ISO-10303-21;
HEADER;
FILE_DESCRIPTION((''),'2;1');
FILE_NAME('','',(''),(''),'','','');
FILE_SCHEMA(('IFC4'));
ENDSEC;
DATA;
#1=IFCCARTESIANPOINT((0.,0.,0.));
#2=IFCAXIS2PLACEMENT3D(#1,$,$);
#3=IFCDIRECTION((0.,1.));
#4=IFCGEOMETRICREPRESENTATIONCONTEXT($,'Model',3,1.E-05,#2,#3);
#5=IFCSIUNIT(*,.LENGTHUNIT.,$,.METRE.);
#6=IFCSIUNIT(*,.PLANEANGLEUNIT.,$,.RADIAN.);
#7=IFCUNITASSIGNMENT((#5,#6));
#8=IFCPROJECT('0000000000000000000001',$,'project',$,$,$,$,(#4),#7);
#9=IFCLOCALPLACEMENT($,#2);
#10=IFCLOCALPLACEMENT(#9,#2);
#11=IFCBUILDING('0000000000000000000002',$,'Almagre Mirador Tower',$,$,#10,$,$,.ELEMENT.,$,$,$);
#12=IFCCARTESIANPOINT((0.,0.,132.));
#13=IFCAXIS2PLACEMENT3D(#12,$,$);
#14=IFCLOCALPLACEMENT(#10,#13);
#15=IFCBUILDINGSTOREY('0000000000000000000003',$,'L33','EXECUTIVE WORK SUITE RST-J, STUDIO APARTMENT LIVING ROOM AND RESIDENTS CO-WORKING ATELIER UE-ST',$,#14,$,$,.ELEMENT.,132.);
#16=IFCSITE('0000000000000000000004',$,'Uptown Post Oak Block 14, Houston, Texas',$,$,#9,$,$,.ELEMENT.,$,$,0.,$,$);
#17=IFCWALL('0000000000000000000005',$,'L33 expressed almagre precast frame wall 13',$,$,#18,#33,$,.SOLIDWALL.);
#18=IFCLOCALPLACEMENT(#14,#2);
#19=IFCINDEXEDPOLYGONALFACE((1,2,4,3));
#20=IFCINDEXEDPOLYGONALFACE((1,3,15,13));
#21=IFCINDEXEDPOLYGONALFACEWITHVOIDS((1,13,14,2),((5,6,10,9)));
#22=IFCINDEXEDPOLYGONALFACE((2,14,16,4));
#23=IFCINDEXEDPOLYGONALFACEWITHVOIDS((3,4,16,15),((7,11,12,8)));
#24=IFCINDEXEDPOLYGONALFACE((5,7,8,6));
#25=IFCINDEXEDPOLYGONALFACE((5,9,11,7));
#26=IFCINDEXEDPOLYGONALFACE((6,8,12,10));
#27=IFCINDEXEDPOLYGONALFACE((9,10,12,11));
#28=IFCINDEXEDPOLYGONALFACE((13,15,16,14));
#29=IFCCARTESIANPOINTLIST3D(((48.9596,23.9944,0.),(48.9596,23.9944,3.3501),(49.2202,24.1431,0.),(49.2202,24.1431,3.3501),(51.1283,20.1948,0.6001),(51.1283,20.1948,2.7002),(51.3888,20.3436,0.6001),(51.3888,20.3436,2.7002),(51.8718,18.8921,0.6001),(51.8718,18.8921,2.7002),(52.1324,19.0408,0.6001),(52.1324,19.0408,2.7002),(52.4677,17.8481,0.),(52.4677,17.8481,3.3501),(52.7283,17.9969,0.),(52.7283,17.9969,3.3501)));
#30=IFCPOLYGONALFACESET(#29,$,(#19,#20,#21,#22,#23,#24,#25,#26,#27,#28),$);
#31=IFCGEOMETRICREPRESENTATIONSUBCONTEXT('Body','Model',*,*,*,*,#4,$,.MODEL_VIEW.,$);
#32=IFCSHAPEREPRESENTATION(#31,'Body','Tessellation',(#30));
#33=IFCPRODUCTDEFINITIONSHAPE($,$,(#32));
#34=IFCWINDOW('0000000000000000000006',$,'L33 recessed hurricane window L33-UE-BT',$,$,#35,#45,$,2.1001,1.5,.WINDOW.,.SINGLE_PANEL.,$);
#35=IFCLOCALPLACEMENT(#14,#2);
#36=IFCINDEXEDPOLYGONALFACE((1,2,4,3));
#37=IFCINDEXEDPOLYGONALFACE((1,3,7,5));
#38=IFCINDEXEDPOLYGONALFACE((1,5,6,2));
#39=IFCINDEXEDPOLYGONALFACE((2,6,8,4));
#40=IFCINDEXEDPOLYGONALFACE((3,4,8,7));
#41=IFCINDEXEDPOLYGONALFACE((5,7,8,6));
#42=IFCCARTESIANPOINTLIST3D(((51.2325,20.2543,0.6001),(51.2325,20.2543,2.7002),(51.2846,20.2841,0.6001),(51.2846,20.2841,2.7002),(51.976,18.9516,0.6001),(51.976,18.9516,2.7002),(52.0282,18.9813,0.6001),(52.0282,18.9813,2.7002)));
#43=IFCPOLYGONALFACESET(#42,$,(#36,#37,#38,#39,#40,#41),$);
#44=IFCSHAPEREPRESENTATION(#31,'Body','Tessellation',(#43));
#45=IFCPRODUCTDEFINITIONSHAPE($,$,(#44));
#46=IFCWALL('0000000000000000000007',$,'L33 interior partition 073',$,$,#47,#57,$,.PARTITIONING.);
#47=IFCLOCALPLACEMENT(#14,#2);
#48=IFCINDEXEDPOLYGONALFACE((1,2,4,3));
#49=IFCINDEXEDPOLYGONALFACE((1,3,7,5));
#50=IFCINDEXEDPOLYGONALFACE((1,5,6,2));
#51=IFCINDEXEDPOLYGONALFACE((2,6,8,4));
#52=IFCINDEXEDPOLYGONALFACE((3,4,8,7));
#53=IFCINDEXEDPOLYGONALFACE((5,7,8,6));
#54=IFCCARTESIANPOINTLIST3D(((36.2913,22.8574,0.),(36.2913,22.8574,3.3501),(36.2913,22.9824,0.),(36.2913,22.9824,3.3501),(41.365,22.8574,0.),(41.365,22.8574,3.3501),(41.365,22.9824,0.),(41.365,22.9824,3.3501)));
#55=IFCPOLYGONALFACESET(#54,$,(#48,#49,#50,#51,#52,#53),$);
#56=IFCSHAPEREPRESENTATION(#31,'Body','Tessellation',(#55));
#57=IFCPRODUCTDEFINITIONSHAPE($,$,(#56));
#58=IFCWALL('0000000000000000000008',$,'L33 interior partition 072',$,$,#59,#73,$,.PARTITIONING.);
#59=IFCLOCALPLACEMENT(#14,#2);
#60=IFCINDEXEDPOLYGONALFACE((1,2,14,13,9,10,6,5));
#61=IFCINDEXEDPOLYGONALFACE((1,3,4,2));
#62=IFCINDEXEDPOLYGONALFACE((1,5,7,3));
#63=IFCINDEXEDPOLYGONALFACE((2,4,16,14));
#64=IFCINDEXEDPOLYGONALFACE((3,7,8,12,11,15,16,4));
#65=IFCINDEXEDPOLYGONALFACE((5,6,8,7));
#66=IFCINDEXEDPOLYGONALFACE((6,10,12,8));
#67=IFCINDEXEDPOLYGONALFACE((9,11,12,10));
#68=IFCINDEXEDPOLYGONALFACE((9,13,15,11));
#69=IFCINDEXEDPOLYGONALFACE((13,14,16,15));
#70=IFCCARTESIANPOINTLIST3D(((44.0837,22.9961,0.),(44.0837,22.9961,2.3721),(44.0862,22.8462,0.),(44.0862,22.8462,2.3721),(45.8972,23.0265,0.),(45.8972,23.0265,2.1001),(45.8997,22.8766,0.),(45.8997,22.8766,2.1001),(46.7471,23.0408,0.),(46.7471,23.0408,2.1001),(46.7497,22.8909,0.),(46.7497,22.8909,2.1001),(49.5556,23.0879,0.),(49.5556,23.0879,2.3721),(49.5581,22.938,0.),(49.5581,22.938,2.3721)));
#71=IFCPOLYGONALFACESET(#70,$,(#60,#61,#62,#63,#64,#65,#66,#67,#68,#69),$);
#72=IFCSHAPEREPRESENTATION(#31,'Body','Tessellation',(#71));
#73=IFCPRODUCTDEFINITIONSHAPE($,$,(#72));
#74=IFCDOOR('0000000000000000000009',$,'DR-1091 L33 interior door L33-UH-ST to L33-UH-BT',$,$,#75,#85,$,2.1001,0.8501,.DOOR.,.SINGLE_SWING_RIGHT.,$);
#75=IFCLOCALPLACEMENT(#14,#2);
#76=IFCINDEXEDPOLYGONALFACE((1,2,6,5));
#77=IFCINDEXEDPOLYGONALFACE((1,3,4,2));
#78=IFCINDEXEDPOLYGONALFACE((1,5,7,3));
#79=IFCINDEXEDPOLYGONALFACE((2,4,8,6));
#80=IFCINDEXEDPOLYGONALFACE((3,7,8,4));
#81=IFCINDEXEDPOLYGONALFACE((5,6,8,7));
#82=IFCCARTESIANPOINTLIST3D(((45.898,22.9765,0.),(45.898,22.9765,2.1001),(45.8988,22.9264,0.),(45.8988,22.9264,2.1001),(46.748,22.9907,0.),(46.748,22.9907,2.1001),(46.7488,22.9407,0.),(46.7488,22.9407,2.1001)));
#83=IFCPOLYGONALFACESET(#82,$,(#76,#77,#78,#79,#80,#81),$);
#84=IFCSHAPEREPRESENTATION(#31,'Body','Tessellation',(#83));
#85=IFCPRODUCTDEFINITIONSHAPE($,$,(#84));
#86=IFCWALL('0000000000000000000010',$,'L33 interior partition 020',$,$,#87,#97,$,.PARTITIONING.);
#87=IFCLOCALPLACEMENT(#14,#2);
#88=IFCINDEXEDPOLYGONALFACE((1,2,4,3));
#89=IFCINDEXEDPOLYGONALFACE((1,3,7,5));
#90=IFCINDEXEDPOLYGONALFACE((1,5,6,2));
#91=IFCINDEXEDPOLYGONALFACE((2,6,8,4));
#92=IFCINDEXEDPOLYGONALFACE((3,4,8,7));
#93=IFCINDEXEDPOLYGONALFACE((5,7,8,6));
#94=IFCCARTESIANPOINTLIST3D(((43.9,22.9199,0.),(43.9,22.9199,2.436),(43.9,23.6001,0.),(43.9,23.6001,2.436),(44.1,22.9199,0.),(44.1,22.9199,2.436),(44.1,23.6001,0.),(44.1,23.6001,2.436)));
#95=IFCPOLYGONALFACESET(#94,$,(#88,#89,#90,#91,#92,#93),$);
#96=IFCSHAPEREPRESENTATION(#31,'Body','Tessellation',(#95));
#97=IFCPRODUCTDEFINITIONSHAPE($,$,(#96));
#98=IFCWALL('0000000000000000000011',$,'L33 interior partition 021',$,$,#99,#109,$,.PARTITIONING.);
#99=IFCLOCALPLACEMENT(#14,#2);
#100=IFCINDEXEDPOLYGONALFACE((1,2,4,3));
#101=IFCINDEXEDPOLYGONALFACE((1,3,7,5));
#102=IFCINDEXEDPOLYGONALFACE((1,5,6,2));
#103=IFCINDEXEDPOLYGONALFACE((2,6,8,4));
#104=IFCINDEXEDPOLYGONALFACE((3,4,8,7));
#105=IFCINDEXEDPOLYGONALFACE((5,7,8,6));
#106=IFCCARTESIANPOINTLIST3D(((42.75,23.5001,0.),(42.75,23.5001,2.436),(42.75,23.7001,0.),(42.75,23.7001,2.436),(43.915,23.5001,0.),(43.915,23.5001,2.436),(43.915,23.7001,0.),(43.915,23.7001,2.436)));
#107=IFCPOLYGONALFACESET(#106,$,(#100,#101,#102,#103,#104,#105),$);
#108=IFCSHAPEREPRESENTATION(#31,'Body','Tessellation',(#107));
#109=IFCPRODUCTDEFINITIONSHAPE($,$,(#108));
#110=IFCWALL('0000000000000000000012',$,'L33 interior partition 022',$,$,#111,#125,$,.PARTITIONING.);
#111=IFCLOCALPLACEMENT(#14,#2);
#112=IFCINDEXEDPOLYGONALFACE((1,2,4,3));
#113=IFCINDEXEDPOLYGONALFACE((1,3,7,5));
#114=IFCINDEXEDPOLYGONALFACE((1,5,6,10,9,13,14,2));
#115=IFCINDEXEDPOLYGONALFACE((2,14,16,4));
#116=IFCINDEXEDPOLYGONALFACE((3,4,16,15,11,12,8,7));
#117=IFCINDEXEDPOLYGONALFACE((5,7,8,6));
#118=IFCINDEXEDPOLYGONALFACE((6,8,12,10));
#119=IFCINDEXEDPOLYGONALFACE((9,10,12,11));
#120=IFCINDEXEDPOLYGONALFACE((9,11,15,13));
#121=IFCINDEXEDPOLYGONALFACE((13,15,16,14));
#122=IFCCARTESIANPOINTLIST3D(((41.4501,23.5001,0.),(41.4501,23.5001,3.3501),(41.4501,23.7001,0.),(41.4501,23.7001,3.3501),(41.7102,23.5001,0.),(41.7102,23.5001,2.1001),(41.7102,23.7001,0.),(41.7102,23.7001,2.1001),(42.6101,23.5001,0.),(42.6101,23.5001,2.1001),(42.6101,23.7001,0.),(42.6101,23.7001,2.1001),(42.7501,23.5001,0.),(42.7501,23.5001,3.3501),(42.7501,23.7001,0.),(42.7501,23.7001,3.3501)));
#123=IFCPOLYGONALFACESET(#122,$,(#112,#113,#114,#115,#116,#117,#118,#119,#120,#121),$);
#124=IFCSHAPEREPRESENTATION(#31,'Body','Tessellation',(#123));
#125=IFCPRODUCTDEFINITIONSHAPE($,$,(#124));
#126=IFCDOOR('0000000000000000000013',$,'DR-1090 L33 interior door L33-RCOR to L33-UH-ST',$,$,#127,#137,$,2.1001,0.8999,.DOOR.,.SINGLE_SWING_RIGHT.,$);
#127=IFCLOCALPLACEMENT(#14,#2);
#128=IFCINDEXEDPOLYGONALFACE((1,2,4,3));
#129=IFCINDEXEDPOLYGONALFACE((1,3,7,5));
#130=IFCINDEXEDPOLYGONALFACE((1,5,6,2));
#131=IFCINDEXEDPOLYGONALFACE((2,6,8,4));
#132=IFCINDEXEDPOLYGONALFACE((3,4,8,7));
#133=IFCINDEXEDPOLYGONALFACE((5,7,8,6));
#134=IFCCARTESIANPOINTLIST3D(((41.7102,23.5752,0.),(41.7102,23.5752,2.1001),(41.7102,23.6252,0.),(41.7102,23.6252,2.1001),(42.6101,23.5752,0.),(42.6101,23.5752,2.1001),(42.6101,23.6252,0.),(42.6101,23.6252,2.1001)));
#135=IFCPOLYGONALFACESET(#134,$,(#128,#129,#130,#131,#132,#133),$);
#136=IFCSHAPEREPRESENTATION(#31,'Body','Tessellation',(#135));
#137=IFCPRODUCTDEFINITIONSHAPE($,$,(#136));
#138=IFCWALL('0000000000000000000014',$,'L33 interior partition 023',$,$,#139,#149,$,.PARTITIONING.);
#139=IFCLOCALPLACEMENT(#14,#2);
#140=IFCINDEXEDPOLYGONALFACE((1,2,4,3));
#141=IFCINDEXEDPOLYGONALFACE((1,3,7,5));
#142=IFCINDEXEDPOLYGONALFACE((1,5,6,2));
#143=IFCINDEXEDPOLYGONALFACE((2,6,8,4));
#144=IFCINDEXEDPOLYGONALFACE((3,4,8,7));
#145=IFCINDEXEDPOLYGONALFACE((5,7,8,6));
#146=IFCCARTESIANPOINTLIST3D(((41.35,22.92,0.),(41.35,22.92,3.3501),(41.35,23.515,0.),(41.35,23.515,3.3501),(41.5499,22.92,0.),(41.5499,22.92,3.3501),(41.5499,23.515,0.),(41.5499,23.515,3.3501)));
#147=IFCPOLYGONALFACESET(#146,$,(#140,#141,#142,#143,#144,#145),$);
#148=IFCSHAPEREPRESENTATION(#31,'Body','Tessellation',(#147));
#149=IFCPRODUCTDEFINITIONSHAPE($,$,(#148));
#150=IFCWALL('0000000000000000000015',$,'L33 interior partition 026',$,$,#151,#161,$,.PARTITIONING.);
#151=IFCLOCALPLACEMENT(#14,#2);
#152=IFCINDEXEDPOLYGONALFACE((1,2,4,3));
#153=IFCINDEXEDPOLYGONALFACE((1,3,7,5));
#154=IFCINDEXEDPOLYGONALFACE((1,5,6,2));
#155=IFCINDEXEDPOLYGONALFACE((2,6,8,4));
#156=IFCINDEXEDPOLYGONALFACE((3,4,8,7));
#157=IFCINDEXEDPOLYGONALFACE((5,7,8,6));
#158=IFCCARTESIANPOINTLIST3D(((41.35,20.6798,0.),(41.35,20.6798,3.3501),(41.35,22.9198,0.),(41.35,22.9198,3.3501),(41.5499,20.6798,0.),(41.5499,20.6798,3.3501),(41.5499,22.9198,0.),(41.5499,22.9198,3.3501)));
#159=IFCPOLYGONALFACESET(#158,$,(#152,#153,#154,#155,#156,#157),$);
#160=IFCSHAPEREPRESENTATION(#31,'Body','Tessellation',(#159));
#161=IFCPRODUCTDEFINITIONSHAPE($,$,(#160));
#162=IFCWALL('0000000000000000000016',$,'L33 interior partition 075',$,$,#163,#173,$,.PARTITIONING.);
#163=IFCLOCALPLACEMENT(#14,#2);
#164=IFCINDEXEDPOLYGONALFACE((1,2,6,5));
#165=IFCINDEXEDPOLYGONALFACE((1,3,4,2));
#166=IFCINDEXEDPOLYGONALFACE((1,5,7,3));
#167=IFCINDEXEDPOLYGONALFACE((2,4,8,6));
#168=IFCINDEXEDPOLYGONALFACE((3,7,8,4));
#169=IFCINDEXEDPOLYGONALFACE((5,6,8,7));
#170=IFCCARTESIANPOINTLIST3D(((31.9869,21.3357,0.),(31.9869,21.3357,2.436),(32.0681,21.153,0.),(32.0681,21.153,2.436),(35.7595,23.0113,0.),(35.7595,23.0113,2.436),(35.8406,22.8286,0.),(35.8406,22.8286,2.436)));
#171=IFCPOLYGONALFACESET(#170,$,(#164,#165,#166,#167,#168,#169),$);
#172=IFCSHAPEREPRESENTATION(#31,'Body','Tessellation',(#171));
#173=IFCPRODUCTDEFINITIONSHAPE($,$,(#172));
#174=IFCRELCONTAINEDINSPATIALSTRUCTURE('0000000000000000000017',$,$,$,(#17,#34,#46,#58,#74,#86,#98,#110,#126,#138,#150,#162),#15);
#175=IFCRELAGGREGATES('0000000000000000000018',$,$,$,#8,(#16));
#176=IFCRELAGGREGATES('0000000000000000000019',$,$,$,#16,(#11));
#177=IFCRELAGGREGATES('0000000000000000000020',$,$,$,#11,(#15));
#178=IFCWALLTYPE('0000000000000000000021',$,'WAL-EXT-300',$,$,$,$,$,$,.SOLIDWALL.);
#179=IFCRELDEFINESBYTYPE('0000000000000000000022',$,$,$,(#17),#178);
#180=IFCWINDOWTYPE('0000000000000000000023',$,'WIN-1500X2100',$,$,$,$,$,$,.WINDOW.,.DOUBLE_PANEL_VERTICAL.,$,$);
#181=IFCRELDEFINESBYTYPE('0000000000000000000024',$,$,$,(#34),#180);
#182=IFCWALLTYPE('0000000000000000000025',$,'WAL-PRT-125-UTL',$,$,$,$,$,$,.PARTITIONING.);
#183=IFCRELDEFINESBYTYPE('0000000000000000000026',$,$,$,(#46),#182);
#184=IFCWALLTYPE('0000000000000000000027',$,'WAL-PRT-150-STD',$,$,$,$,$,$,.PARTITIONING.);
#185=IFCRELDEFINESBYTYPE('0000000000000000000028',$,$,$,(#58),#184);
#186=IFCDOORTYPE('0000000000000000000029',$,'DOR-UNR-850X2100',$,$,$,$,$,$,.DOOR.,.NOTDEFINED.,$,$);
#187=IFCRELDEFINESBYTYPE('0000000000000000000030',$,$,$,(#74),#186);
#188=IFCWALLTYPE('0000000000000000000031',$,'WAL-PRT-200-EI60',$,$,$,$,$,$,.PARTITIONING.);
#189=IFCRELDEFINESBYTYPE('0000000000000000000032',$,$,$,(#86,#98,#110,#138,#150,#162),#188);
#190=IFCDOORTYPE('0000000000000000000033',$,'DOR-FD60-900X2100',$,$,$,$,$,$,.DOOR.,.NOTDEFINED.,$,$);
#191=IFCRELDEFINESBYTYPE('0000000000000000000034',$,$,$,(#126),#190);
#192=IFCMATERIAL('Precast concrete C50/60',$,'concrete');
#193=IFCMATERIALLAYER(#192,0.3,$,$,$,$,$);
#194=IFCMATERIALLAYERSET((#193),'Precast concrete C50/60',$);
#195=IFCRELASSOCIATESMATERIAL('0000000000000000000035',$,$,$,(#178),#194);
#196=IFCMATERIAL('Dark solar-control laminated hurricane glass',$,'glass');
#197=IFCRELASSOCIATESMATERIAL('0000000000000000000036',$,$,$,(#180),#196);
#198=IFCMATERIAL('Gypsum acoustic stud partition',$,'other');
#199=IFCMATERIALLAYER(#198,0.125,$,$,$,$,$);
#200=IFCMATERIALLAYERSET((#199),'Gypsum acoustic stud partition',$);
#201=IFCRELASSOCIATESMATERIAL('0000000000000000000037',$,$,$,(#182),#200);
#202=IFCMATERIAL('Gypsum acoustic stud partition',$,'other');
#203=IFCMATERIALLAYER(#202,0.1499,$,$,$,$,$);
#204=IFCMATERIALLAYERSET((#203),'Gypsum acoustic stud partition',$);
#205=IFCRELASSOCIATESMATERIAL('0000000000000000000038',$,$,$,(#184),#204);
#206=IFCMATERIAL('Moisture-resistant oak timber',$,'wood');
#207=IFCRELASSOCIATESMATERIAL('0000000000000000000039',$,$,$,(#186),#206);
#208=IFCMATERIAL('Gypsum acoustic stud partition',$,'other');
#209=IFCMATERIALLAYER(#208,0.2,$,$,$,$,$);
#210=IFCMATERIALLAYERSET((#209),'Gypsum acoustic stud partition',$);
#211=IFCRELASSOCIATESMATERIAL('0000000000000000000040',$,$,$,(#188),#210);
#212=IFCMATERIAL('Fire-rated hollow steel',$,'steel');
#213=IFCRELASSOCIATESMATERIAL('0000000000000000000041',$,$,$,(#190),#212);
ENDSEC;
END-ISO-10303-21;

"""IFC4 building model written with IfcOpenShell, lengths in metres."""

from ifc_helpers import new_model, si_unit, direction, frame, frame_2d, origin, place, context, subcontext, project, spatial, rectangle, extrude, material, layer, layer_set, type_object, element, fill, save


model = new_model("IFC4")

# Units and contexts
model_context = context("Model", 3, precision=1e-05, world=origin(), true_north=direction((0.0, 1.0)))
body_context = subcontext(model_context, "Body", "Model", "MODEL_VIEW")
ifc_project = project(units=[si_unit("LENGTHUNIT", "METRE"), si_unit("PLANEANGLEUNIT", "RADIAN")], contexts=[model_context])

# Site, building, storey
site_placement = place(None, origin())
site = spatial("IfcSite", under=ifc_project, at=site_placement, Name="Uptown Post Oak Block 14, Houston, Texas", CompositionType="ELEMENT", RefElevation=0.0)
building_placement = place(site_placement, origin())
building = spatial("IfcBuilding", under=site, at=building_placement, Name="Almagre Mirador Tower", CompositionType="ELEMENT")
storey_placement = place(building_placement, frame((0.0, 0.0, 132.0)))
storey = spatial("IfcBuildingStorey", under=building, at=storey_placement, Name="L33", Description="EXECUTIVE WORK SUITE RST-J, STUDIO APARTMENT LIVING ROOM AND RESIDENTS CO-WORKING ATELIER UE-ST", CompositionType="ELEMENT", Elevation=132.0)

# Shared definitions
ifc_material_1 = material(Name="Precast concrete C50/60", Category="concrete")
ifc_layer_1 = layer(ifc_material_1, 0.3)
ifc_layer_set_1 = layer_set([ifc_layer_1], Name="Precast concrete C50/60")
wall_type_1 = type_object("IfcWallType", Name="WAL-EXT-300", PredefinedType="SOLIDWALL", material=ifc_layer_set_1)

# Wall, opening, window
wall_1_placement = place(storey_placement, frame((49.0898, 24.0688, 0.0), z_axis=(0.0, 0.0, 1.0), x_axis=(0.495704, -0.868491, 0.0)))
wall_1 = element("IfcWall", 1, at=wall_1_placement, inside=storey, type_object=wall_type_1, Name="L33 expressed almagre precast frame wall 13", PredefinedType="SOLIDWALL", context=body_context, shape_type="SweptSolid", body=[
    extrude(rectangle(XDim=7.0769, YDim=0.3, at=frame_2d((3.5386, 0.0))), origin(), (0.0, 0.0, 1.0), 3.3501),
])
opening_1_placement = place(wall_1_placement, frame((4.375, 0.0, 0.6001)))
opening_1 = element("IfcOpeningElement", 2, at=opening_1_placement, cuts=wall_1, PredefinedType="OPENING", context=body_context, shape_type="SweptSolid", body=[
    extrude(rectangle(XDim=1.5, YDim=2.1001, at=frame_2d((0.75, 1.05))), frame((0.0, 0.1599, 0.0), z_axis=(0.0, -1.0, 0.0), x_axis=(1.0, 0.0, 0.0)), (0.0, 0.0, 1.0), 0.32),
])
ifc_material_2 = material(Name="Dark solar-control laminated hurricane glass", Category="glass")
window_type = type_object("IfcWindowType", Name="WIN-1500X2100", PartitioningType="DOUBLE_PANEL_VERTICAL", PredefinedType="WINDOW", material=ifc_material_2)
window_placement = place(opening_1_placement, origin())
window = element("IfcWindow", 3, at=window_placement, inside=storey, type_object=window_type, Name="L33 recessed hurricane window L33-UE-BT", OverallHeight=2.1001, OverallWidth=1.5, PartitioningType="SINGLE_PANEL", PredefinedType="WINDOW", context=body_context, shape_type="SweptSolid", body=[
    extrude(rectangle(XDim=1.5, YDim=2.1001, at=frame_2d((0.75, 1.05))), frame((0.0, 0.03, 0.0), z_axis=(0.0, -1.0, 0.0), x_axis=(1.0, 0.0, 0.0)), (0.0, 0.0, 1.0), 0.0601),
])
fill(opening_1, window)

# Wall
ifc_material_3 = material(Name="Gypsum acoustic stud partition", Category="other")
ifc_layer_2 = layer(ifc_material_3, 0.125)
ifc_layer_set_2 = layer_set([ifc_layer_2], Name="Gypsum acoustic stud partition")
wall_type_2 = type_object("IfcWallType", Name="WAL-PRT-125-UTL", PredefinedType="PARTITIONING", material=ifc_layer_set_2)
wall_2_placement = place(storey_placement, frame((36.2913, 22.9199, 0.0), z_axis=(0.0, 0.0, 1.0), x_axis=(1.0, 0.0, 0.0)))
element("IfcWall", 4, at=wall_2_placement, inside=storey, type_object=wall_type_2, Name="L33 interior partition 073", PredefinedType="PARTITIONING", context=body_context, shape_type="SweptSolid", body=[
    extrude(rectangle(XDim=5.0737, YDim=0.125, at=frame_2d((2.5369, 0.0))), origin(), (0.0, 0.0, 1.0), 3.3501),
])

# Wall, opening, door
ifc_material_4 = material(Name="Gypsum acoustic stud partition", Category="other")
ifc_layer_3 = layer(ifc_material_4, 0.1499)
ifc_layer_set_3 = layer_set([ifc_layer_3], Name="Gypsum acoustic stud partition")
wall_type_3 = type_object("IfcWallType", Name="WAL-PRT-150-STD", PredefinedType="PARTITIONING", material=ifc_layer_set_3)
wall_3_placement = place(storey_placement, frame((44.085, 22.9211, 0.0), z_axis=(0.0, 0.0, 1.0), x_axis=(0.999859, 0.016774, 0.0)))
wall_3 = element("IfcWall", 5, at=wall_3_placement, inside=storey, type_object=wall_type_3, Name="L33 interior partition 072", PredefinedType="PARTITIONING", context=body_context, shape_type="SweptSolid", body=[
    extrude(rectangle(XDim=5.4727, YDim=0.1499, at=frame_2d((2.7363, 0.0))), origin(), (0.0, 0.0, 1.0), 2.3721),
])
opening_2_placement = place(wall_3_placement, frame((1.8137, 0.0, 0.0)))
opening_2 = element("IfcOpeningElement", 6, at=opening_2_placement, cuts=wall_3, PredefinedType="OPENING", context=body_context, shape_type="SweptSolid", body=[
    extrude(rectangle(XDim=0.8501, YDim=2.1001, at=frame_2d((0.425, 1.05))), frame((0.0, 0.085, 0.0), z_axis=(0.0, -1.0, 0.0), x_axis=(1.0, 0.0, 0.0)), (0.0, 0.0, 1.0), 0.1699),
])
ifc_material_5 = material(Name="Moisture-resistant oak timber", Category="wood")
door_type_1 = type_object("IfcDoorType", Name="DOR-UNR-850X2100", OperationType="NOTDEFINED", PredefinedType="DOOR", material=ifc_material_5)
door_1_placement = place(opening_2_placement, origin())
door_1 = element("IfcDoor", 7, at=door_1_placement, inside=storey, type_object=door_type_1, Name="DR-1091 L33 interior door L33-UH-ST to L33-UH-BT", OperationType="SINGLE_SWING_RIGHT", OverallHeight=2.1001, OverallWidth=0.8501, PredefinedType="DOOR", context=body_context, shape_type="SweptSolid", body=[
    extrude(rectangle(XDim=0.8501, YDim=2.1001, at=frame_2d((0.425, 1.05))), frame((0.0, 0.0249, 0.0), z_axis=(0.0, -1.0, 0.0), x_axis=(1.0, 0.0, 0.0)), (0.0, 0.0, 1.0), 0.05),
])
fill(opening_2, door_1)

# Walls
ifc_material_6 = material(Name="Gypsum acoustic stud partition", Category="other")
ifc_layer_4 = layer(ifc_material_6, 0.2)
ifc_layer_set_4 = layer_set([ifc_layer_4], Name="Gypsum acoustic stud partition")
wall_type_4 = type_object("IfcWallType", Name="WAL-PRT-200-EI60", PredefinedType="PARTITIONING", material=ifc_layer_set_4)
wall_4_placement = place(storey_placement, frame((44.0, 22.9199, 0.0), z_axis=(0.0, 0.0, 1.0), x_axis=(0.0, 1.0, 0.0)))
element("IfcWall", 8, at=wall_4_placement, inside=storey, type_object=wall_type_4, Name="L33 interior partition 020", PredefinedType="PARTITIONING", context=body_context, shape_type="SweptSolid", body=[
    extrude(rectangle(XDim=0.6802, YDim=0.2, at=frame_2d((0.3401, 0.0))), origin(), (0.0, 0.0, 1.0), 2.436),
])
wall_5_placement = place(storey_placement, frame((43.915, 23.6001, 0.0), z_axis=(0.0, 0.0, 1.0), x_axis=(-1.0, 0.0, 0.0)))
element("IfcWall", 9, at=wall_5_placement, inside=storey, type_object=wall_type_4, Name="L33 interior partition 021", PredefinedType="PARTITIONING", context=body_context, shape_type="SweptSolid", body=[
    extrude(rectangle(XDim=1.165, YDim=0.2, at=frame_2d((0.5825, 0.0))), origin(), (0.0, 0.0, 1.0), 2.436),
])

# Wall, opening, door
wall_6_placement = place(storey_placement, frame((42.75, 23.6001, 0.0), z_axis=(0.0, 0.0, 1.0), x_axis=(-1.0, 0.0, 0.0)))
wall_6 = element("IfcWall", 10, at=wall_6_placement, inside=storey, type_object=wall_type_4, Name="L33 interior partition 022", PredefinedType="PARTITIONING", context=body_context, shape_type="SweptSolid", body=[
    extrude(rectangle(XDim=1.3, YDim=0.2, at=frame_2d((0.6499, 0.0))), origin(), (0.0, 0.0, 1.0), 3.3501),
])
opening_3_placement = place(wall_6_placement, frame((0.1399, 0.0, 0.0)))
opening_3 = element("IfcOpeningElement", 11, at=opening_3_placement, cuts=wall_6, PredefinedType="OPENING", context=body_context, shape_type="SweptSolid", body=[
    extrude(rectangle(XDim=0.8999, YDim=2.1001, at=frame_2d((0.45, 1.05))), frame((0.0, 0.1101, 0.0), z_axis=(0.0, -1.0, 0.0), x_axis=(1.0, 0.0, 0.0)), (0.0, 0.0, 1.0), 0.22),
])
ifc_material_7 = material(Name="Fire-rated hollow steel", Category="steel")
door_type_2 = type_object("IfcDoorType", Name="DOR-FD60-900X2100", OperationType="NOTDEFINED", PredefinedType="DOOR", material=ifc_material_7)
door_2_placement = place(opening_3_placement, origin())
door_2 = element("IfcDoor", 12, at=door_2_placement, inside=storey, type_object=door_type_2, Name="DR-1090 L33 interior door L33-RCOR to L33-UH-ST", OperationType="SINGLE_SWING_RIGHT", OverallHeight=2.1001, OverallWidth=0.8999, PredefinedType="DOOR", context=body_context, shape_type="SweptSolid", body=[
    extrude(rectangle(XDim=0.8999, YDim=2.1001, at=frame_2d((0.45, 1.05))), frame((0.0, 0.0249, 0.0), z_axis=(0.0, -1.0, 0.0), x_axis=(1.0, 0.0, 0.0)), (0.0, 0.0, 1.0), 0.05),
])
fill(opening_3, door_2)

# Walls
wall_7_placement = place(storey_placement, frame((41.45, 23.5149, 0.0), z_axis=(0.0, 0.0, 1.0), x_axis=(0.0, -1.0, 0.0)))
element("IfcWall", 13, at=wall_7_placement, inside=storey, type_object=wall_type_4, Name="L33 interior partition 023", PredefinedType="PARTITIONING", context=body_context, shape_type="SweptSolid", body=[
    extrude(rectangle(XDim=0.595, YDim=0.2, at=frame_2d((0.2974, 0.0))), origin(), (0.0, 0.0, 1.0), 3.3501),
])
wall_8_placement = place(storey_placement, frame((41.45, 22.9199, 0.0), z_axis=(0.0, 0.0, 1.0), x_axis=(0.0, -1.0, 0.0)))
element("IfcWall", 14, at=wall_8_placement, inside=storey, type_object=wall_type_4, Name="L33 interior partition 026", PredefinedType="PARTITIONING", context=body_context, shape_type="SweptSolid", body=[
    extrude(rectangle(XDim=2.24, YDim=0.2, at=frame_2d((1.1201, 0.0))), origin(), (0.0, 0.0, 1.0), 3.3501),
])
wall_9_placement = place(storey_placement, frame((35.8, 22.9199, 0.0), z_axis=(0.0, 0.0, 1.0), x_axis=(-0.913912, -0.405913, 0.0)))
element("IfcWall", 15, at=wall_9_placement, inside=storey, type_object=wall_type_4, Name="L33 interior partition 075", PredefinedType="PARTITIONING", context=body_context, shape_type="SweptSolid", body=[
    extrude(rectangle(XDim=4.1279, YDim=0.2, at=frame_2d((2.064, 0.0))), origin(), (0.0, 0.0, 1.0), 2.436),
])

save(model, "model.ifc")
